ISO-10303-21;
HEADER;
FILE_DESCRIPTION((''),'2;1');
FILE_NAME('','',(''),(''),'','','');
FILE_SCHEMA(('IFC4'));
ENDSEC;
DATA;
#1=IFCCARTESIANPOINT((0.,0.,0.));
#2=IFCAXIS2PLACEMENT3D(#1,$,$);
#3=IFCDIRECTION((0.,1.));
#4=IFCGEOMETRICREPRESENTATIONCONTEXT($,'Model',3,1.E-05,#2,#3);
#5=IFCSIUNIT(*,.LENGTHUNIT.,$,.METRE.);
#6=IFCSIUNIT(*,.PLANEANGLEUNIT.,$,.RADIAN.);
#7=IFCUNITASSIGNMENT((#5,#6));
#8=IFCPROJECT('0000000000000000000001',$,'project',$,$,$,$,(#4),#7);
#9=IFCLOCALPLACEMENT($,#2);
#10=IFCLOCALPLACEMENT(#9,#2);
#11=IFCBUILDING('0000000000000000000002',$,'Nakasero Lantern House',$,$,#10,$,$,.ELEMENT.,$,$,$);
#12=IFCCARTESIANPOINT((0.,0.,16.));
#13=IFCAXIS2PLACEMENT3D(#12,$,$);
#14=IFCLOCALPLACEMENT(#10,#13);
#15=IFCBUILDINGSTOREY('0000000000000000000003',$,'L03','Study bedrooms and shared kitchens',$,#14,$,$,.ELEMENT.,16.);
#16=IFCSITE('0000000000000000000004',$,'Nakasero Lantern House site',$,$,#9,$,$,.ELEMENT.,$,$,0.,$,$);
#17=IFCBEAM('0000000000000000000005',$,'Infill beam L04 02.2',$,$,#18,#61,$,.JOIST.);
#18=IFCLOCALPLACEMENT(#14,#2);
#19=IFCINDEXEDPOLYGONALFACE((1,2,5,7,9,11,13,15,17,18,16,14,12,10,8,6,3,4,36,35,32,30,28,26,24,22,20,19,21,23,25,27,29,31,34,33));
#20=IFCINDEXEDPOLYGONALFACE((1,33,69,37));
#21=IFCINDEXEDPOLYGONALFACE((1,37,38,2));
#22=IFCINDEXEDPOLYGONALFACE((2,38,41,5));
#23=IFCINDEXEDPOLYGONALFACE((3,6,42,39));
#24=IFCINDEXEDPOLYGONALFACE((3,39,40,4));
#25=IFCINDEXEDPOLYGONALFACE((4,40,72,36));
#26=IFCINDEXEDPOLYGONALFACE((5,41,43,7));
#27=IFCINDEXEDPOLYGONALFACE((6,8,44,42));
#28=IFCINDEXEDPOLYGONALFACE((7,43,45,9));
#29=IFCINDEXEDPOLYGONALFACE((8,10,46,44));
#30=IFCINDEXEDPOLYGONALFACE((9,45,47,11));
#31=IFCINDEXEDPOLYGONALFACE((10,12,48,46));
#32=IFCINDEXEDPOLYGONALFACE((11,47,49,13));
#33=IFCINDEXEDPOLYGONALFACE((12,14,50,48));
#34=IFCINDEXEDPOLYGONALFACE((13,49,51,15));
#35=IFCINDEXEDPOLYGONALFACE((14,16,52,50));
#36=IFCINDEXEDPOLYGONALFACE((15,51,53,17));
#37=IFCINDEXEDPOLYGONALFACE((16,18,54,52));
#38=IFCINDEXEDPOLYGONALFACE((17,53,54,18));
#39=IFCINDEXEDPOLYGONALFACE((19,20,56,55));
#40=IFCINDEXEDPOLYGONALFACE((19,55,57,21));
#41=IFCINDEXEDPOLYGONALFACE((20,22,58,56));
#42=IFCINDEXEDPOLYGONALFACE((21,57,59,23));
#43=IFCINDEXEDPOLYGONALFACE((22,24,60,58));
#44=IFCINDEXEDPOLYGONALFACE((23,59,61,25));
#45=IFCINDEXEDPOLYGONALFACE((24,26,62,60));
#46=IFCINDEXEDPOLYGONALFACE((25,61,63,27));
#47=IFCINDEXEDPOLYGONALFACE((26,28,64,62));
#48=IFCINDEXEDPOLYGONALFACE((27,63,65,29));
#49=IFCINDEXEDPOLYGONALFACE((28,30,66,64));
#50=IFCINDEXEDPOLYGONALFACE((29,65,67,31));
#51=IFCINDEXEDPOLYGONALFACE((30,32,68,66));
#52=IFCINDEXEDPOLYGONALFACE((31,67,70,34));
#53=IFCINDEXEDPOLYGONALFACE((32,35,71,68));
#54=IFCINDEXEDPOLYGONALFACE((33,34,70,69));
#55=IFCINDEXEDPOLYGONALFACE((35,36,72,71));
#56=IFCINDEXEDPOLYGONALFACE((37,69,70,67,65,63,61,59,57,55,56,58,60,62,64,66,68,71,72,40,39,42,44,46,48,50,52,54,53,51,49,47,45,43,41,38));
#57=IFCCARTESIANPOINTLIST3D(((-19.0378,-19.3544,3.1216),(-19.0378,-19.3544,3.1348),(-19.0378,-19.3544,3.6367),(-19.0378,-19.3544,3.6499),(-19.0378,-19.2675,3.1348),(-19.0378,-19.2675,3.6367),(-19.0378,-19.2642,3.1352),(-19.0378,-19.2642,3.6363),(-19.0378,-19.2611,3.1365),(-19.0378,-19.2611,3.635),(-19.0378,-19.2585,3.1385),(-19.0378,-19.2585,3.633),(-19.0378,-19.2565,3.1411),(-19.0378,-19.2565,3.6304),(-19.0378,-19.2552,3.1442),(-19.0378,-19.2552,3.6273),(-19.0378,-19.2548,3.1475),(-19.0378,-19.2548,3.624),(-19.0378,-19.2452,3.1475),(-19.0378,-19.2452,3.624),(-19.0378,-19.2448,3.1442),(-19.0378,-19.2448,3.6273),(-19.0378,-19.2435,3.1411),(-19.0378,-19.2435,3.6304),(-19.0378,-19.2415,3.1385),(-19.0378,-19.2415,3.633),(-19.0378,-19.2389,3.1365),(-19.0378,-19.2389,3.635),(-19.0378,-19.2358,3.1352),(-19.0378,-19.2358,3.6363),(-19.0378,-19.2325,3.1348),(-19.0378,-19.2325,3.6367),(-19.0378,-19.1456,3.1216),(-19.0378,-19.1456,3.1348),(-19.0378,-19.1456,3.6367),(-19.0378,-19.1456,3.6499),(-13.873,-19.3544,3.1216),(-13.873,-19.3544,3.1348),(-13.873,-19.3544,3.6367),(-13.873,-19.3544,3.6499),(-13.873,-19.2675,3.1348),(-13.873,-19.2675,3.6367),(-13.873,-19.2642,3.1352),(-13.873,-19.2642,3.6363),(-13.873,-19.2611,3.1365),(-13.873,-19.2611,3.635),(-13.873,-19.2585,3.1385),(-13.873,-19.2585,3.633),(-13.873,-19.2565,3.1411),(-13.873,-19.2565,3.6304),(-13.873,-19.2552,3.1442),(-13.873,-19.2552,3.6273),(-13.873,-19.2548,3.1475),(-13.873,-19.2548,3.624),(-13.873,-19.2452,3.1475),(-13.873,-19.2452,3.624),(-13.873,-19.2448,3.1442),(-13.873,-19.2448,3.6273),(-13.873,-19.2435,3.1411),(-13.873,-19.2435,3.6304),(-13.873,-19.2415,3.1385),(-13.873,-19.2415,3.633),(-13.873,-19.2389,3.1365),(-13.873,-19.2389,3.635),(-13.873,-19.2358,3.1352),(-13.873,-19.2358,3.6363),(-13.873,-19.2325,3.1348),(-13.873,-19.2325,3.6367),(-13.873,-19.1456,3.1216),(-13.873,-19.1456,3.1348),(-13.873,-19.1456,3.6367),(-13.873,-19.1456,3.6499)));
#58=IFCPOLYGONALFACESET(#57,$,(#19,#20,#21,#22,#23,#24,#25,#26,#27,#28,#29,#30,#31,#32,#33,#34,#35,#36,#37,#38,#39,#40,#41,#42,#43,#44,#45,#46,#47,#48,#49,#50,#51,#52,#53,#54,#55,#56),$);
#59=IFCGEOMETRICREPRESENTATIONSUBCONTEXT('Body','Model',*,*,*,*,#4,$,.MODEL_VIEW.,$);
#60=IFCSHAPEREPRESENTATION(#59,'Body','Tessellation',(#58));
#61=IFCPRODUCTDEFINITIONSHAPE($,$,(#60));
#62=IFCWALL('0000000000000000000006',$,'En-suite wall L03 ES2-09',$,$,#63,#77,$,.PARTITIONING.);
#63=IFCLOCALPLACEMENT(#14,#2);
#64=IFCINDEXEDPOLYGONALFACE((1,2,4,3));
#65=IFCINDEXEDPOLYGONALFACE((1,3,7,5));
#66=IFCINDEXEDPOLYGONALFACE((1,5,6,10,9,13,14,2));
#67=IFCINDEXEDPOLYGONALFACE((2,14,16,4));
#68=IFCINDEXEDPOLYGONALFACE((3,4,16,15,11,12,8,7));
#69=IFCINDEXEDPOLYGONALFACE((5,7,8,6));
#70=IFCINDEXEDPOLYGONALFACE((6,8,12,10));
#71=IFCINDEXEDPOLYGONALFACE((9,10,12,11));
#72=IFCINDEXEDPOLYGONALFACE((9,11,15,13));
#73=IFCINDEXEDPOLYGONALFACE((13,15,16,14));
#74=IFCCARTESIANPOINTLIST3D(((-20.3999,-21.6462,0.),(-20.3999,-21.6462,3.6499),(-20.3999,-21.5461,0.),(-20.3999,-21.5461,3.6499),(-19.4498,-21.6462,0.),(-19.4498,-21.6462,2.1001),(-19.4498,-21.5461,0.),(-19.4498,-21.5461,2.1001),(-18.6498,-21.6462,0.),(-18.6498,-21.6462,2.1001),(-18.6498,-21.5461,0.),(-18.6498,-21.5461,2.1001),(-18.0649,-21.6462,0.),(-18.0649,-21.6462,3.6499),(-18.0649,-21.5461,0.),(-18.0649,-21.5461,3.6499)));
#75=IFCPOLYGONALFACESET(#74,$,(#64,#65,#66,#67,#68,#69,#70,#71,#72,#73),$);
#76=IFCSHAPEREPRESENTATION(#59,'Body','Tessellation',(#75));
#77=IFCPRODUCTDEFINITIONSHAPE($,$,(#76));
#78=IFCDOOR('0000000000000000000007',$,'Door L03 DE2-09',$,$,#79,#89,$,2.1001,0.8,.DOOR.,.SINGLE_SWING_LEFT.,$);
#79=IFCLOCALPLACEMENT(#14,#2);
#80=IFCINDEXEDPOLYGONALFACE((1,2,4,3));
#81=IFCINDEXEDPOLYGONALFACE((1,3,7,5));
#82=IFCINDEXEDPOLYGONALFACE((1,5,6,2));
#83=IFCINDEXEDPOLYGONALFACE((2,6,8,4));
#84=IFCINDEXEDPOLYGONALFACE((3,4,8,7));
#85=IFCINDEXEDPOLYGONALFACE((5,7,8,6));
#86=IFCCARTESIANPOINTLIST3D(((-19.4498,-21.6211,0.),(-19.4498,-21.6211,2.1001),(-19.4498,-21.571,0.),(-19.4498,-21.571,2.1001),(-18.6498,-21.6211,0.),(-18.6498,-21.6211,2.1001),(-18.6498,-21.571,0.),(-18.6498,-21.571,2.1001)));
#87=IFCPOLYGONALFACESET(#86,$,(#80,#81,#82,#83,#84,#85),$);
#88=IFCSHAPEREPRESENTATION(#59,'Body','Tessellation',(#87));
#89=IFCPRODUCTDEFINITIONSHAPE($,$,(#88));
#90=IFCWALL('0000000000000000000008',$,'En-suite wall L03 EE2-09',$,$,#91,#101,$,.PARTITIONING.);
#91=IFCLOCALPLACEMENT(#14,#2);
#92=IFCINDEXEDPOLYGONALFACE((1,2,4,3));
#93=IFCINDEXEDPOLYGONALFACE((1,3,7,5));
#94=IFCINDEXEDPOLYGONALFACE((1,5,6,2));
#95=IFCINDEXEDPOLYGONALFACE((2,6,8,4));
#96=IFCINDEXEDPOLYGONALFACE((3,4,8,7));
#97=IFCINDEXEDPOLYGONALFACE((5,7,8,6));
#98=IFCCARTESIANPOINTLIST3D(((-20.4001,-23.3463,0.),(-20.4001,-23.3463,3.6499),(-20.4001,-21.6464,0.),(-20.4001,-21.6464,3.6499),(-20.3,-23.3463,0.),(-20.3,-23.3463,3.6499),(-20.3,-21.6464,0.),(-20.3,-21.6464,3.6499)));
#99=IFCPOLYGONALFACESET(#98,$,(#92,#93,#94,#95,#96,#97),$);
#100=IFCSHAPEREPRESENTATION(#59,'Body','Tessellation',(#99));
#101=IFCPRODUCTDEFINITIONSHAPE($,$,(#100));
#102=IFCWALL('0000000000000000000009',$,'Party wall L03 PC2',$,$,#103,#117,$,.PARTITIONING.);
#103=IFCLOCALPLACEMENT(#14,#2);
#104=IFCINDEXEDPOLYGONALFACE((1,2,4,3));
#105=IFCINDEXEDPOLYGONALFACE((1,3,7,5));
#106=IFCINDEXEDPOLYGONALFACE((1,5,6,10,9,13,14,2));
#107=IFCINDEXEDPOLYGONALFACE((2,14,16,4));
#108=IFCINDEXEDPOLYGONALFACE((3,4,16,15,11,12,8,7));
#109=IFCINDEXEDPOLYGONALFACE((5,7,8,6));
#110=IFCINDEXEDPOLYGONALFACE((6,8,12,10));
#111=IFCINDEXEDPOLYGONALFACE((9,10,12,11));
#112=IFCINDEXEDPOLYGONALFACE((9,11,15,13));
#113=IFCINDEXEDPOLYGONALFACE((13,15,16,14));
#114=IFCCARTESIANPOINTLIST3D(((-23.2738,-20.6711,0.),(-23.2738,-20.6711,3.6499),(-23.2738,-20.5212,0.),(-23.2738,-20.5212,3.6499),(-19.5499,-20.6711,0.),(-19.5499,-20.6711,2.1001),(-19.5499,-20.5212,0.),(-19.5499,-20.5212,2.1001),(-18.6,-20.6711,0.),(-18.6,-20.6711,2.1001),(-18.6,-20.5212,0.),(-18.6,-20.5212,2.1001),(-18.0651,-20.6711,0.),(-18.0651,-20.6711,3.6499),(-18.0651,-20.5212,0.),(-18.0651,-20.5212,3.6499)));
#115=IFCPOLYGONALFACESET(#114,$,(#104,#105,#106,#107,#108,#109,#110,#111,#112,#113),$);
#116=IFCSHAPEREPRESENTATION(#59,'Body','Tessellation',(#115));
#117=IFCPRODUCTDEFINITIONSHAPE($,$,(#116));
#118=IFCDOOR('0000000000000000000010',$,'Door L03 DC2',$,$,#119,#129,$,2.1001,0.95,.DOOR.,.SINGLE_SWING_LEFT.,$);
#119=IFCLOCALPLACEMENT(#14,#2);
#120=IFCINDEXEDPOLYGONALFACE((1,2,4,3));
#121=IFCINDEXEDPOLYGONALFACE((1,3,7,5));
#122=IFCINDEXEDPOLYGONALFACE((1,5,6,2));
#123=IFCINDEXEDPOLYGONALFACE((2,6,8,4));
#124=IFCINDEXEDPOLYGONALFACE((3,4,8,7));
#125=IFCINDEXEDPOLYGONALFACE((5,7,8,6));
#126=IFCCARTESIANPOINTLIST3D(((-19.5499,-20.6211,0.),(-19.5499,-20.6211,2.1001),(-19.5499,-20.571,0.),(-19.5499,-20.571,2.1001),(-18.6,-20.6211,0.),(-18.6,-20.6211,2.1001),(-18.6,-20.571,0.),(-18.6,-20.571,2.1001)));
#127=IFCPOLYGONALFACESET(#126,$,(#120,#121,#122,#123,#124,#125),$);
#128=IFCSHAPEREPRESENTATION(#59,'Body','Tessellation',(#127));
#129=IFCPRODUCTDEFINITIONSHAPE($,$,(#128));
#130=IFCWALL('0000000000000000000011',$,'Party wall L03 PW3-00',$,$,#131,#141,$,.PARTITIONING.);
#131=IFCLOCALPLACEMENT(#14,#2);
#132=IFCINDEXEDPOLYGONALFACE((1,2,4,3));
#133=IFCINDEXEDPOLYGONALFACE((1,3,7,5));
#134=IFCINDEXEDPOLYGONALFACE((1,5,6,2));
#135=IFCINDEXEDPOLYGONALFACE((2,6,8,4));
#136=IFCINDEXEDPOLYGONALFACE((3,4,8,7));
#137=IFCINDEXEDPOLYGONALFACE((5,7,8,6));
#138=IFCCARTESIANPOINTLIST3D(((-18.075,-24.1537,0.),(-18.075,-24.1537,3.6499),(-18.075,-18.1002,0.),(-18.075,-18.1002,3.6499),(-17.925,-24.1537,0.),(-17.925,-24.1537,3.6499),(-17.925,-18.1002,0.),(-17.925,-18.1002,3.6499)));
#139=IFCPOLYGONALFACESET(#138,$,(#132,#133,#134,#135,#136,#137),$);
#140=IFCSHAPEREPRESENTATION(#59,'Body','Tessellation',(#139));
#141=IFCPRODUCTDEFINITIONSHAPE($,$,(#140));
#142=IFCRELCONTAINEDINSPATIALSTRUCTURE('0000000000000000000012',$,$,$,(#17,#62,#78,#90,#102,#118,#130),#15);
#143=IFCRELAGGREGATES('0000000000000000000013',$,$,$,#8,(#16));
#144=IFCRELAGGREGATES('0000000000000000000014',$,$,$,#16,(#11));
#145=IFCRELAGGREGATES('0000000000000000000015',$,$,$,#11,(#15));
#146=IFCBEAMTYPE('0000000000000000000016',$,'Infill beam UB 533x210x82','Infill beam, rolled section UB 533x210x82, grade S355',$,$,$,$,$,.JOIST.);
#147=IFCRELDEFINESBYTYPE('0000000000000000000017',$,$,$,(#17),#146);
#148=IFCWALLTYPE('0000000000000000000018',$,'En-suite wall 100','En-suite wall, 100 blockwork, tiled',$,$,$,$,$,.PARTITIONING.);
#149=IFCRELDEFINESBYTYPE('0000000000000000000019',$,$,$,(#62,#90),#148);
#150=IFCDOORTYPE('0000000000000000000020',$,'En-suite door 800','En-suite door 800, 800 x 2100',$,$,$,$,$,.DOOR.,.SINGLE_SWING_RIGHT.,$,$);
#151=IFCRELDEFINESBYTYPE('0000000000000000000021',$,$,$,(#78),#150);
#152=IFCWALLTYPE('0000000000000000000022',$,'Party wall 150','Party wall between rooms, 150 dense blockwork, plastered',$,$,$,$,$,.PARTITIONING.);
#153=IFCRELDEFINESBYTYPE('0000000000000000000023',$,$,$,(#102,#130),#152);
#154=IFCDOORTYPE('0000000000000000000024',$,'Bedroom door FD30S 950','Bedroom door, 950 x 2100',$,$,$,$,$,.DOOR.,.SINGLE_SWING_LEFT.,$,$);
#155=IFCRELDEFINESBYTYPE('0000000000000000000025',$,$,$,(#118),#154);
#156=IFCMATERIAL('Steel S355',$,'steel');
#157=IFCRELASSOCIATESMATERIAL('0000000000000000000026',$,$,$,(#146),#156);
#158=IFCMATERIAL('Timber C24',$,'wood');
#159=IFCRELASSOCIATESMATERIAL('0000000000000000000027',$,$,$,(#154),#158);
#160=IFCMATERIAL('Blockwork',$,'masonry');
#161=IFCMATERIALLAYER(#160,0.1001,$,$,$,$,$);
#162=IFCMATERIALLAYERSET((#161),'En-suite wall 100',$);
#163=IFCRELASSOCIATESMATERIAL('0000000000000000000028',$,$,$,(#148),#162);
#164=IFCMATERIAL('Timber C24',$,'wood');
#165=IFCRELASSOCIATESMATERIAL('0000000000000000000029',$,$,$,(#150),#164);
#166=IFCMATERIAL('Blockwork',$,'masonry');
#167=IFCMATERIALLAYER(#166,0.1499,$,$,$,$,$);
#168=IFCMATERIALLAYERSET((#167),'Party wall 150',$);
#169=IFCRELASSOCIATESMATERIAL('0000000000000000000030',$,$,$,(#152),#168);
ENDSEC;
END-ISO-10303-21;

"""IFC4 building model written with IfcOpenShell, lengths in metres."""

from ifc_helpers import new_model, si_unit, direction, frame, frame_2d, origin, origin_2d, place, context, subcontext, project, spatial, rectangle, i_section, extrude, material, layer, layer_set, material_profile, profile_set, type_object, element, fill, save


model = new_model("IFC4")

# Units and contexts
model_context = context("Model", 3, precision=1e-05, world=origin(), true_north=direction((0.0, 1.0)))
body_context = subcontext(model_context, "Body", "Model", "MODEL_VIEW")
ifc_project = project(units=[si_unit("LENGTHUNIT", "METRE"), si_unit("PLANEANGLEUNIT", "RADIAN")], contexts=[model_context])

# Site, building, storey
site_placement = place(None, origin())
site = spatial("IfcSite", under=ifc_project, at=site_placement, Name="Nakasero Lantern House site", CompositionType="ELEMENT", RefElevation=0.0)
building_placement = place(site_placement, origin())
building = spatial("IfcBuilding", under=site, at=building_placement, Name="Nakasero Lantern House", CompositionType="ELEMENT")
storey_placement = place(building_placement, frame((0.0, 0.0, 16.0)))
storey = spatial("IfcBuildingStorey", under=building, at=storey_placement, Name="L03", Description="Study bedrooms and shared kitchens", CompositionType="ELEMENT", Elevation=16.0)

# Beam
ifc_material_1 = material(Name="Steel S355", Category="steel")
ifc_material_profile = material_profile(ifc_material_1, i_section(OverallWidth=0.2087, OverallDepth=0.5283, WebThickness=0.0095, FlangeThickness=0.0132, FilletRadius=0.0127, at=origin_2d()), Name="UB 533x210x82")
ifc_profile_set = profile_set([ifc_material_profile], Name="Steel S355")
beam_type = type_object("IfcBeamType", Name="Infill beam UB 533x210x82", Description="Infill beam, rolled section UB 533x210x82, grade S355", PredefinedType="JOIST", material=ifc_profile_set)
beam_placement = place(storey_placement, frame((-19.0378, -19.25, 3.3857), z_axis=(1.0, 0.0, 0.0), x_axis=(0.0, 1.0, 0.0)))
element("IfcBeam", 1, at=beam_placement, inside=storey, type_object=beam_type, Name="Infill beam L04 02.2", PredefinedType="JOIST", context=body_context, shape_type="SweptSolid", body=[
    extrude(i_section(OverallWidth=0.2087, OverallDepth=0.5283, WebThickness=0.0095, FlangeThickness=0.0132, FilletRadius=0.0127, at=origin_2d()), origin(), (0.0, 0.0, 1.0), 5.1648),
])

# Shared definitions
ifc_material_2 = material(Name="Timber C24", Category="wood")
door_type_1 = type_object("IfcDoorType", Name="Bedroom door FD30S 950", Description="Bedroom door, 950 x 2100", OperationType="SINGLE_SWING_LEFT", PredefinedType="DOOR", material=ifc_material_2)

# Wall, opening, door
ifc_material_3 = material(Name="Blockwork", Category="masonry")
ifc_layer_1 = layer(ifc_material_3, 0.1001)
ifc_layer_set_1 = layer_set([ifc_layer_1], Name="En-suite wall 100")
wall_type_1 = type_object("IfcWallType", Name="En-suite wall 100", Description="En-suite wall, 100 blockwork, tiled", PredefinedType="PARTITIONING", material=ifc_layer_set_1)
wall_1_placement = place(storey_placement, frame((-18.0649, -21.5962, 0.0), z_axis=(0.0, 0.0, 1.0), x_axis=(-1.0, 0.0, 0.0)))
wall_1 = element("IfcWall", 2, at=wall_1_placement, inside=storey, type_object=wall_type_1, Name="En-suite wall L03 ES2-09", PredefinedType="PARTITIONING", context=body_context, shape_type="SweptSolid", body=[
    extrude(rectangle(XDim=2.335, YDim=0.1001, at=frame_2d((1.1675, 0.0))), origin(), (0.0, 0.0, 1.0), 3.6499),
])
opening_1_placement = place(wall_1_placement, frame((0.585, 0.0, 0.0)))
opening_1 = element("IfcOpeningElement", 3, at=opening_1_placement, cuts=wall_1, PredefinedType="OPENING", context=body_context, shape_type="SweptSolid", body=[
    extrude(rectangle(XDim=0.8, YDim=2.1001, at=frame_2d((0.3999, 1.05))), frame((0.0, 0.0701, 0.0), z_axis=(0.0, -1.0, 0.0), x_axis=(1.0, 0.0, 0.0)), (0.0, 0.0, 1.0), 0.1401),
])
ifc_material_4 = material(Name="Timber C24", Category="wood")
door_type_2 = type_object("IfcDoorType", Name="En-suite door 800", Description="En-suite door 800, 800 x 2100", OperationType="SINGLE_SWING_RIGHT", PredefinedType="DOOR", material=ifc_material_4)
door_1_placement = place(opening_1_placement, origin())
door_1 = element("IfcDoor", 4, at=door_1_placement, inside=storey, type_object=door_type_2, Name="Door L03 DE2-09", OperationType="SINGLE_SWING_LEFT", OverallHeight=2.1001, OverallWidth=0.8, PredefinedType="DOOR", context=body_context, shape_type="SweptSolid", body=[
    extrude(rectangle(XDim=0.8, YDim=2.1001, at=frame_2d((0.3999, 1.05))), frame((0.0, 0.0249, 0.0), z_axis=(0.0, -1.0, 0.0), x_axis=(1.0, 0.0, 0.0)), (0.0, 0.0, 1.0), 0.05),
])
fill(opening_1, door_1)

# Wall
wall_2_placement = place(storey_placement, frame((-20.3501, -21.6462, 0.0), z_axis=(0.0, 0.0, 1.0), x_axis=(0.0, -1.0, 0.0)))
element("IfcWall", 5, at=wall_2_placement, inside=storey, type_object=wall_type_1, Name="En-suite wall L03 EE2-09", PredefinedType="PARTITIONING", context=body_context, shape_type="SweptSolid", body=[
    extrude(rectangle(XDim=1.7, YDim=0.1001, at=frame_2d((0.8501, 0.0))), origin(), (0.0, 0.0, 1.0), 3.6499),
])

# Wall, opening, door
ifc_material_5 = material(Name="Blockwork", Category="masonry")
ifc_layer_2 = layer(ifc_material_5, 0.1499)
ifc_layer_set_2 = layer_set([ifc_layer_2], Name="Party wall 150")
wall_type_2 = type_object("IfcWallType", Name="Party wall 150", Description="Party wall between rooms, 150 dense blockwork, plastered", PredefinedType="PARTITIONING", material=ifc_layer_set_2)
wall_3_placement = place(storey_placement, frame((-18.0649, -20.5962, 0.0), z_axis=(0.0, 0.0, 1.0), x_axis=(-1.0, 0.0, 0.0)))
wall_3 = element("IfcWall", 6, at=wall_3_placement, inside=storey, type_object=wall_type_2, Name="Party wall L03 PC2", PredefinedType="PARTITIONING", context=body_context, shape_type="SweptSolid", body=[
    extrude(rectangle(XDim=5.2087, YDim=0.1499, at=frame_2d((2.6045, 0.0))), origin(), (0.0, 0.0, 1.0), 3.6499),
])
opening_2_placement = place(wall_3_placement, frame((0.5349, 0.0, 0.0)))
opening_2 = element("IfcOpeningElement", 7, at=opening_2_placement, cuts=wall_3, PredefinedType="OPENING", context=body_context, shape_type="SweptSolid", body=[
    extrude(rectangle(XDim=0.95, YDim=2.1001, at=frame_2d((0.4751, 1.05))), frame((0.0, 0.095, 0.0), z_axis=(0.0, -1.0, 0.0), x_axis=(1.0, 0.0, 0.0)), (0.0, 0.0, 1.0), 0.1899),
])
door_2_placement = place(opening_2_placement, origin())
door_2 = element("IfcDoor", 8, at=door_2_placement, inside=storey, type_object=door_type_1, Name="Door L03 DC2", OperationType="SINGLE_SWING_LEFT", OverallHeight=2.1001, OverallWidth=0.95, PredefinedType="DOOR", context=body_context, shape_type="SweptSolid", body=[
    extrude(rectangle(XDim=0.95, YDim=2.1001, at=frame_2d((0.4751, 1.05))), frame((0.0, 0.0249, 0.0), z_axis=(0.0, -1.0, 0.0), x_axis=(1.0, 0.0, 0.0)), (0.0, 0.0, 1.0), 0.05),
])
fill(opening_2, door_2)

# Wall
wall_4_placement = place(storey_placement, frame((-18.0, -18.1001, 0.0), z_axis=(0.0, 0.0, 1.0), x_axis=(0.0, -1.0, 0.0)))
element("IfcWall", 9, at=wall_4_placement, inside=storey, type_object=wall_type_2, Name="Party wall L03 PW3-00", PredefinedType="PARTITIONING", context=body_context, shape_type="SweptSolid", body=[
    extrude(rectangle(XDim=6.0535, YDim=0.1499, at=frame_2d((3.0269, 0.0))), origin(), (0.0, 0.0, 1.0), 3.6499),
])

save(model, "model.ifc")
